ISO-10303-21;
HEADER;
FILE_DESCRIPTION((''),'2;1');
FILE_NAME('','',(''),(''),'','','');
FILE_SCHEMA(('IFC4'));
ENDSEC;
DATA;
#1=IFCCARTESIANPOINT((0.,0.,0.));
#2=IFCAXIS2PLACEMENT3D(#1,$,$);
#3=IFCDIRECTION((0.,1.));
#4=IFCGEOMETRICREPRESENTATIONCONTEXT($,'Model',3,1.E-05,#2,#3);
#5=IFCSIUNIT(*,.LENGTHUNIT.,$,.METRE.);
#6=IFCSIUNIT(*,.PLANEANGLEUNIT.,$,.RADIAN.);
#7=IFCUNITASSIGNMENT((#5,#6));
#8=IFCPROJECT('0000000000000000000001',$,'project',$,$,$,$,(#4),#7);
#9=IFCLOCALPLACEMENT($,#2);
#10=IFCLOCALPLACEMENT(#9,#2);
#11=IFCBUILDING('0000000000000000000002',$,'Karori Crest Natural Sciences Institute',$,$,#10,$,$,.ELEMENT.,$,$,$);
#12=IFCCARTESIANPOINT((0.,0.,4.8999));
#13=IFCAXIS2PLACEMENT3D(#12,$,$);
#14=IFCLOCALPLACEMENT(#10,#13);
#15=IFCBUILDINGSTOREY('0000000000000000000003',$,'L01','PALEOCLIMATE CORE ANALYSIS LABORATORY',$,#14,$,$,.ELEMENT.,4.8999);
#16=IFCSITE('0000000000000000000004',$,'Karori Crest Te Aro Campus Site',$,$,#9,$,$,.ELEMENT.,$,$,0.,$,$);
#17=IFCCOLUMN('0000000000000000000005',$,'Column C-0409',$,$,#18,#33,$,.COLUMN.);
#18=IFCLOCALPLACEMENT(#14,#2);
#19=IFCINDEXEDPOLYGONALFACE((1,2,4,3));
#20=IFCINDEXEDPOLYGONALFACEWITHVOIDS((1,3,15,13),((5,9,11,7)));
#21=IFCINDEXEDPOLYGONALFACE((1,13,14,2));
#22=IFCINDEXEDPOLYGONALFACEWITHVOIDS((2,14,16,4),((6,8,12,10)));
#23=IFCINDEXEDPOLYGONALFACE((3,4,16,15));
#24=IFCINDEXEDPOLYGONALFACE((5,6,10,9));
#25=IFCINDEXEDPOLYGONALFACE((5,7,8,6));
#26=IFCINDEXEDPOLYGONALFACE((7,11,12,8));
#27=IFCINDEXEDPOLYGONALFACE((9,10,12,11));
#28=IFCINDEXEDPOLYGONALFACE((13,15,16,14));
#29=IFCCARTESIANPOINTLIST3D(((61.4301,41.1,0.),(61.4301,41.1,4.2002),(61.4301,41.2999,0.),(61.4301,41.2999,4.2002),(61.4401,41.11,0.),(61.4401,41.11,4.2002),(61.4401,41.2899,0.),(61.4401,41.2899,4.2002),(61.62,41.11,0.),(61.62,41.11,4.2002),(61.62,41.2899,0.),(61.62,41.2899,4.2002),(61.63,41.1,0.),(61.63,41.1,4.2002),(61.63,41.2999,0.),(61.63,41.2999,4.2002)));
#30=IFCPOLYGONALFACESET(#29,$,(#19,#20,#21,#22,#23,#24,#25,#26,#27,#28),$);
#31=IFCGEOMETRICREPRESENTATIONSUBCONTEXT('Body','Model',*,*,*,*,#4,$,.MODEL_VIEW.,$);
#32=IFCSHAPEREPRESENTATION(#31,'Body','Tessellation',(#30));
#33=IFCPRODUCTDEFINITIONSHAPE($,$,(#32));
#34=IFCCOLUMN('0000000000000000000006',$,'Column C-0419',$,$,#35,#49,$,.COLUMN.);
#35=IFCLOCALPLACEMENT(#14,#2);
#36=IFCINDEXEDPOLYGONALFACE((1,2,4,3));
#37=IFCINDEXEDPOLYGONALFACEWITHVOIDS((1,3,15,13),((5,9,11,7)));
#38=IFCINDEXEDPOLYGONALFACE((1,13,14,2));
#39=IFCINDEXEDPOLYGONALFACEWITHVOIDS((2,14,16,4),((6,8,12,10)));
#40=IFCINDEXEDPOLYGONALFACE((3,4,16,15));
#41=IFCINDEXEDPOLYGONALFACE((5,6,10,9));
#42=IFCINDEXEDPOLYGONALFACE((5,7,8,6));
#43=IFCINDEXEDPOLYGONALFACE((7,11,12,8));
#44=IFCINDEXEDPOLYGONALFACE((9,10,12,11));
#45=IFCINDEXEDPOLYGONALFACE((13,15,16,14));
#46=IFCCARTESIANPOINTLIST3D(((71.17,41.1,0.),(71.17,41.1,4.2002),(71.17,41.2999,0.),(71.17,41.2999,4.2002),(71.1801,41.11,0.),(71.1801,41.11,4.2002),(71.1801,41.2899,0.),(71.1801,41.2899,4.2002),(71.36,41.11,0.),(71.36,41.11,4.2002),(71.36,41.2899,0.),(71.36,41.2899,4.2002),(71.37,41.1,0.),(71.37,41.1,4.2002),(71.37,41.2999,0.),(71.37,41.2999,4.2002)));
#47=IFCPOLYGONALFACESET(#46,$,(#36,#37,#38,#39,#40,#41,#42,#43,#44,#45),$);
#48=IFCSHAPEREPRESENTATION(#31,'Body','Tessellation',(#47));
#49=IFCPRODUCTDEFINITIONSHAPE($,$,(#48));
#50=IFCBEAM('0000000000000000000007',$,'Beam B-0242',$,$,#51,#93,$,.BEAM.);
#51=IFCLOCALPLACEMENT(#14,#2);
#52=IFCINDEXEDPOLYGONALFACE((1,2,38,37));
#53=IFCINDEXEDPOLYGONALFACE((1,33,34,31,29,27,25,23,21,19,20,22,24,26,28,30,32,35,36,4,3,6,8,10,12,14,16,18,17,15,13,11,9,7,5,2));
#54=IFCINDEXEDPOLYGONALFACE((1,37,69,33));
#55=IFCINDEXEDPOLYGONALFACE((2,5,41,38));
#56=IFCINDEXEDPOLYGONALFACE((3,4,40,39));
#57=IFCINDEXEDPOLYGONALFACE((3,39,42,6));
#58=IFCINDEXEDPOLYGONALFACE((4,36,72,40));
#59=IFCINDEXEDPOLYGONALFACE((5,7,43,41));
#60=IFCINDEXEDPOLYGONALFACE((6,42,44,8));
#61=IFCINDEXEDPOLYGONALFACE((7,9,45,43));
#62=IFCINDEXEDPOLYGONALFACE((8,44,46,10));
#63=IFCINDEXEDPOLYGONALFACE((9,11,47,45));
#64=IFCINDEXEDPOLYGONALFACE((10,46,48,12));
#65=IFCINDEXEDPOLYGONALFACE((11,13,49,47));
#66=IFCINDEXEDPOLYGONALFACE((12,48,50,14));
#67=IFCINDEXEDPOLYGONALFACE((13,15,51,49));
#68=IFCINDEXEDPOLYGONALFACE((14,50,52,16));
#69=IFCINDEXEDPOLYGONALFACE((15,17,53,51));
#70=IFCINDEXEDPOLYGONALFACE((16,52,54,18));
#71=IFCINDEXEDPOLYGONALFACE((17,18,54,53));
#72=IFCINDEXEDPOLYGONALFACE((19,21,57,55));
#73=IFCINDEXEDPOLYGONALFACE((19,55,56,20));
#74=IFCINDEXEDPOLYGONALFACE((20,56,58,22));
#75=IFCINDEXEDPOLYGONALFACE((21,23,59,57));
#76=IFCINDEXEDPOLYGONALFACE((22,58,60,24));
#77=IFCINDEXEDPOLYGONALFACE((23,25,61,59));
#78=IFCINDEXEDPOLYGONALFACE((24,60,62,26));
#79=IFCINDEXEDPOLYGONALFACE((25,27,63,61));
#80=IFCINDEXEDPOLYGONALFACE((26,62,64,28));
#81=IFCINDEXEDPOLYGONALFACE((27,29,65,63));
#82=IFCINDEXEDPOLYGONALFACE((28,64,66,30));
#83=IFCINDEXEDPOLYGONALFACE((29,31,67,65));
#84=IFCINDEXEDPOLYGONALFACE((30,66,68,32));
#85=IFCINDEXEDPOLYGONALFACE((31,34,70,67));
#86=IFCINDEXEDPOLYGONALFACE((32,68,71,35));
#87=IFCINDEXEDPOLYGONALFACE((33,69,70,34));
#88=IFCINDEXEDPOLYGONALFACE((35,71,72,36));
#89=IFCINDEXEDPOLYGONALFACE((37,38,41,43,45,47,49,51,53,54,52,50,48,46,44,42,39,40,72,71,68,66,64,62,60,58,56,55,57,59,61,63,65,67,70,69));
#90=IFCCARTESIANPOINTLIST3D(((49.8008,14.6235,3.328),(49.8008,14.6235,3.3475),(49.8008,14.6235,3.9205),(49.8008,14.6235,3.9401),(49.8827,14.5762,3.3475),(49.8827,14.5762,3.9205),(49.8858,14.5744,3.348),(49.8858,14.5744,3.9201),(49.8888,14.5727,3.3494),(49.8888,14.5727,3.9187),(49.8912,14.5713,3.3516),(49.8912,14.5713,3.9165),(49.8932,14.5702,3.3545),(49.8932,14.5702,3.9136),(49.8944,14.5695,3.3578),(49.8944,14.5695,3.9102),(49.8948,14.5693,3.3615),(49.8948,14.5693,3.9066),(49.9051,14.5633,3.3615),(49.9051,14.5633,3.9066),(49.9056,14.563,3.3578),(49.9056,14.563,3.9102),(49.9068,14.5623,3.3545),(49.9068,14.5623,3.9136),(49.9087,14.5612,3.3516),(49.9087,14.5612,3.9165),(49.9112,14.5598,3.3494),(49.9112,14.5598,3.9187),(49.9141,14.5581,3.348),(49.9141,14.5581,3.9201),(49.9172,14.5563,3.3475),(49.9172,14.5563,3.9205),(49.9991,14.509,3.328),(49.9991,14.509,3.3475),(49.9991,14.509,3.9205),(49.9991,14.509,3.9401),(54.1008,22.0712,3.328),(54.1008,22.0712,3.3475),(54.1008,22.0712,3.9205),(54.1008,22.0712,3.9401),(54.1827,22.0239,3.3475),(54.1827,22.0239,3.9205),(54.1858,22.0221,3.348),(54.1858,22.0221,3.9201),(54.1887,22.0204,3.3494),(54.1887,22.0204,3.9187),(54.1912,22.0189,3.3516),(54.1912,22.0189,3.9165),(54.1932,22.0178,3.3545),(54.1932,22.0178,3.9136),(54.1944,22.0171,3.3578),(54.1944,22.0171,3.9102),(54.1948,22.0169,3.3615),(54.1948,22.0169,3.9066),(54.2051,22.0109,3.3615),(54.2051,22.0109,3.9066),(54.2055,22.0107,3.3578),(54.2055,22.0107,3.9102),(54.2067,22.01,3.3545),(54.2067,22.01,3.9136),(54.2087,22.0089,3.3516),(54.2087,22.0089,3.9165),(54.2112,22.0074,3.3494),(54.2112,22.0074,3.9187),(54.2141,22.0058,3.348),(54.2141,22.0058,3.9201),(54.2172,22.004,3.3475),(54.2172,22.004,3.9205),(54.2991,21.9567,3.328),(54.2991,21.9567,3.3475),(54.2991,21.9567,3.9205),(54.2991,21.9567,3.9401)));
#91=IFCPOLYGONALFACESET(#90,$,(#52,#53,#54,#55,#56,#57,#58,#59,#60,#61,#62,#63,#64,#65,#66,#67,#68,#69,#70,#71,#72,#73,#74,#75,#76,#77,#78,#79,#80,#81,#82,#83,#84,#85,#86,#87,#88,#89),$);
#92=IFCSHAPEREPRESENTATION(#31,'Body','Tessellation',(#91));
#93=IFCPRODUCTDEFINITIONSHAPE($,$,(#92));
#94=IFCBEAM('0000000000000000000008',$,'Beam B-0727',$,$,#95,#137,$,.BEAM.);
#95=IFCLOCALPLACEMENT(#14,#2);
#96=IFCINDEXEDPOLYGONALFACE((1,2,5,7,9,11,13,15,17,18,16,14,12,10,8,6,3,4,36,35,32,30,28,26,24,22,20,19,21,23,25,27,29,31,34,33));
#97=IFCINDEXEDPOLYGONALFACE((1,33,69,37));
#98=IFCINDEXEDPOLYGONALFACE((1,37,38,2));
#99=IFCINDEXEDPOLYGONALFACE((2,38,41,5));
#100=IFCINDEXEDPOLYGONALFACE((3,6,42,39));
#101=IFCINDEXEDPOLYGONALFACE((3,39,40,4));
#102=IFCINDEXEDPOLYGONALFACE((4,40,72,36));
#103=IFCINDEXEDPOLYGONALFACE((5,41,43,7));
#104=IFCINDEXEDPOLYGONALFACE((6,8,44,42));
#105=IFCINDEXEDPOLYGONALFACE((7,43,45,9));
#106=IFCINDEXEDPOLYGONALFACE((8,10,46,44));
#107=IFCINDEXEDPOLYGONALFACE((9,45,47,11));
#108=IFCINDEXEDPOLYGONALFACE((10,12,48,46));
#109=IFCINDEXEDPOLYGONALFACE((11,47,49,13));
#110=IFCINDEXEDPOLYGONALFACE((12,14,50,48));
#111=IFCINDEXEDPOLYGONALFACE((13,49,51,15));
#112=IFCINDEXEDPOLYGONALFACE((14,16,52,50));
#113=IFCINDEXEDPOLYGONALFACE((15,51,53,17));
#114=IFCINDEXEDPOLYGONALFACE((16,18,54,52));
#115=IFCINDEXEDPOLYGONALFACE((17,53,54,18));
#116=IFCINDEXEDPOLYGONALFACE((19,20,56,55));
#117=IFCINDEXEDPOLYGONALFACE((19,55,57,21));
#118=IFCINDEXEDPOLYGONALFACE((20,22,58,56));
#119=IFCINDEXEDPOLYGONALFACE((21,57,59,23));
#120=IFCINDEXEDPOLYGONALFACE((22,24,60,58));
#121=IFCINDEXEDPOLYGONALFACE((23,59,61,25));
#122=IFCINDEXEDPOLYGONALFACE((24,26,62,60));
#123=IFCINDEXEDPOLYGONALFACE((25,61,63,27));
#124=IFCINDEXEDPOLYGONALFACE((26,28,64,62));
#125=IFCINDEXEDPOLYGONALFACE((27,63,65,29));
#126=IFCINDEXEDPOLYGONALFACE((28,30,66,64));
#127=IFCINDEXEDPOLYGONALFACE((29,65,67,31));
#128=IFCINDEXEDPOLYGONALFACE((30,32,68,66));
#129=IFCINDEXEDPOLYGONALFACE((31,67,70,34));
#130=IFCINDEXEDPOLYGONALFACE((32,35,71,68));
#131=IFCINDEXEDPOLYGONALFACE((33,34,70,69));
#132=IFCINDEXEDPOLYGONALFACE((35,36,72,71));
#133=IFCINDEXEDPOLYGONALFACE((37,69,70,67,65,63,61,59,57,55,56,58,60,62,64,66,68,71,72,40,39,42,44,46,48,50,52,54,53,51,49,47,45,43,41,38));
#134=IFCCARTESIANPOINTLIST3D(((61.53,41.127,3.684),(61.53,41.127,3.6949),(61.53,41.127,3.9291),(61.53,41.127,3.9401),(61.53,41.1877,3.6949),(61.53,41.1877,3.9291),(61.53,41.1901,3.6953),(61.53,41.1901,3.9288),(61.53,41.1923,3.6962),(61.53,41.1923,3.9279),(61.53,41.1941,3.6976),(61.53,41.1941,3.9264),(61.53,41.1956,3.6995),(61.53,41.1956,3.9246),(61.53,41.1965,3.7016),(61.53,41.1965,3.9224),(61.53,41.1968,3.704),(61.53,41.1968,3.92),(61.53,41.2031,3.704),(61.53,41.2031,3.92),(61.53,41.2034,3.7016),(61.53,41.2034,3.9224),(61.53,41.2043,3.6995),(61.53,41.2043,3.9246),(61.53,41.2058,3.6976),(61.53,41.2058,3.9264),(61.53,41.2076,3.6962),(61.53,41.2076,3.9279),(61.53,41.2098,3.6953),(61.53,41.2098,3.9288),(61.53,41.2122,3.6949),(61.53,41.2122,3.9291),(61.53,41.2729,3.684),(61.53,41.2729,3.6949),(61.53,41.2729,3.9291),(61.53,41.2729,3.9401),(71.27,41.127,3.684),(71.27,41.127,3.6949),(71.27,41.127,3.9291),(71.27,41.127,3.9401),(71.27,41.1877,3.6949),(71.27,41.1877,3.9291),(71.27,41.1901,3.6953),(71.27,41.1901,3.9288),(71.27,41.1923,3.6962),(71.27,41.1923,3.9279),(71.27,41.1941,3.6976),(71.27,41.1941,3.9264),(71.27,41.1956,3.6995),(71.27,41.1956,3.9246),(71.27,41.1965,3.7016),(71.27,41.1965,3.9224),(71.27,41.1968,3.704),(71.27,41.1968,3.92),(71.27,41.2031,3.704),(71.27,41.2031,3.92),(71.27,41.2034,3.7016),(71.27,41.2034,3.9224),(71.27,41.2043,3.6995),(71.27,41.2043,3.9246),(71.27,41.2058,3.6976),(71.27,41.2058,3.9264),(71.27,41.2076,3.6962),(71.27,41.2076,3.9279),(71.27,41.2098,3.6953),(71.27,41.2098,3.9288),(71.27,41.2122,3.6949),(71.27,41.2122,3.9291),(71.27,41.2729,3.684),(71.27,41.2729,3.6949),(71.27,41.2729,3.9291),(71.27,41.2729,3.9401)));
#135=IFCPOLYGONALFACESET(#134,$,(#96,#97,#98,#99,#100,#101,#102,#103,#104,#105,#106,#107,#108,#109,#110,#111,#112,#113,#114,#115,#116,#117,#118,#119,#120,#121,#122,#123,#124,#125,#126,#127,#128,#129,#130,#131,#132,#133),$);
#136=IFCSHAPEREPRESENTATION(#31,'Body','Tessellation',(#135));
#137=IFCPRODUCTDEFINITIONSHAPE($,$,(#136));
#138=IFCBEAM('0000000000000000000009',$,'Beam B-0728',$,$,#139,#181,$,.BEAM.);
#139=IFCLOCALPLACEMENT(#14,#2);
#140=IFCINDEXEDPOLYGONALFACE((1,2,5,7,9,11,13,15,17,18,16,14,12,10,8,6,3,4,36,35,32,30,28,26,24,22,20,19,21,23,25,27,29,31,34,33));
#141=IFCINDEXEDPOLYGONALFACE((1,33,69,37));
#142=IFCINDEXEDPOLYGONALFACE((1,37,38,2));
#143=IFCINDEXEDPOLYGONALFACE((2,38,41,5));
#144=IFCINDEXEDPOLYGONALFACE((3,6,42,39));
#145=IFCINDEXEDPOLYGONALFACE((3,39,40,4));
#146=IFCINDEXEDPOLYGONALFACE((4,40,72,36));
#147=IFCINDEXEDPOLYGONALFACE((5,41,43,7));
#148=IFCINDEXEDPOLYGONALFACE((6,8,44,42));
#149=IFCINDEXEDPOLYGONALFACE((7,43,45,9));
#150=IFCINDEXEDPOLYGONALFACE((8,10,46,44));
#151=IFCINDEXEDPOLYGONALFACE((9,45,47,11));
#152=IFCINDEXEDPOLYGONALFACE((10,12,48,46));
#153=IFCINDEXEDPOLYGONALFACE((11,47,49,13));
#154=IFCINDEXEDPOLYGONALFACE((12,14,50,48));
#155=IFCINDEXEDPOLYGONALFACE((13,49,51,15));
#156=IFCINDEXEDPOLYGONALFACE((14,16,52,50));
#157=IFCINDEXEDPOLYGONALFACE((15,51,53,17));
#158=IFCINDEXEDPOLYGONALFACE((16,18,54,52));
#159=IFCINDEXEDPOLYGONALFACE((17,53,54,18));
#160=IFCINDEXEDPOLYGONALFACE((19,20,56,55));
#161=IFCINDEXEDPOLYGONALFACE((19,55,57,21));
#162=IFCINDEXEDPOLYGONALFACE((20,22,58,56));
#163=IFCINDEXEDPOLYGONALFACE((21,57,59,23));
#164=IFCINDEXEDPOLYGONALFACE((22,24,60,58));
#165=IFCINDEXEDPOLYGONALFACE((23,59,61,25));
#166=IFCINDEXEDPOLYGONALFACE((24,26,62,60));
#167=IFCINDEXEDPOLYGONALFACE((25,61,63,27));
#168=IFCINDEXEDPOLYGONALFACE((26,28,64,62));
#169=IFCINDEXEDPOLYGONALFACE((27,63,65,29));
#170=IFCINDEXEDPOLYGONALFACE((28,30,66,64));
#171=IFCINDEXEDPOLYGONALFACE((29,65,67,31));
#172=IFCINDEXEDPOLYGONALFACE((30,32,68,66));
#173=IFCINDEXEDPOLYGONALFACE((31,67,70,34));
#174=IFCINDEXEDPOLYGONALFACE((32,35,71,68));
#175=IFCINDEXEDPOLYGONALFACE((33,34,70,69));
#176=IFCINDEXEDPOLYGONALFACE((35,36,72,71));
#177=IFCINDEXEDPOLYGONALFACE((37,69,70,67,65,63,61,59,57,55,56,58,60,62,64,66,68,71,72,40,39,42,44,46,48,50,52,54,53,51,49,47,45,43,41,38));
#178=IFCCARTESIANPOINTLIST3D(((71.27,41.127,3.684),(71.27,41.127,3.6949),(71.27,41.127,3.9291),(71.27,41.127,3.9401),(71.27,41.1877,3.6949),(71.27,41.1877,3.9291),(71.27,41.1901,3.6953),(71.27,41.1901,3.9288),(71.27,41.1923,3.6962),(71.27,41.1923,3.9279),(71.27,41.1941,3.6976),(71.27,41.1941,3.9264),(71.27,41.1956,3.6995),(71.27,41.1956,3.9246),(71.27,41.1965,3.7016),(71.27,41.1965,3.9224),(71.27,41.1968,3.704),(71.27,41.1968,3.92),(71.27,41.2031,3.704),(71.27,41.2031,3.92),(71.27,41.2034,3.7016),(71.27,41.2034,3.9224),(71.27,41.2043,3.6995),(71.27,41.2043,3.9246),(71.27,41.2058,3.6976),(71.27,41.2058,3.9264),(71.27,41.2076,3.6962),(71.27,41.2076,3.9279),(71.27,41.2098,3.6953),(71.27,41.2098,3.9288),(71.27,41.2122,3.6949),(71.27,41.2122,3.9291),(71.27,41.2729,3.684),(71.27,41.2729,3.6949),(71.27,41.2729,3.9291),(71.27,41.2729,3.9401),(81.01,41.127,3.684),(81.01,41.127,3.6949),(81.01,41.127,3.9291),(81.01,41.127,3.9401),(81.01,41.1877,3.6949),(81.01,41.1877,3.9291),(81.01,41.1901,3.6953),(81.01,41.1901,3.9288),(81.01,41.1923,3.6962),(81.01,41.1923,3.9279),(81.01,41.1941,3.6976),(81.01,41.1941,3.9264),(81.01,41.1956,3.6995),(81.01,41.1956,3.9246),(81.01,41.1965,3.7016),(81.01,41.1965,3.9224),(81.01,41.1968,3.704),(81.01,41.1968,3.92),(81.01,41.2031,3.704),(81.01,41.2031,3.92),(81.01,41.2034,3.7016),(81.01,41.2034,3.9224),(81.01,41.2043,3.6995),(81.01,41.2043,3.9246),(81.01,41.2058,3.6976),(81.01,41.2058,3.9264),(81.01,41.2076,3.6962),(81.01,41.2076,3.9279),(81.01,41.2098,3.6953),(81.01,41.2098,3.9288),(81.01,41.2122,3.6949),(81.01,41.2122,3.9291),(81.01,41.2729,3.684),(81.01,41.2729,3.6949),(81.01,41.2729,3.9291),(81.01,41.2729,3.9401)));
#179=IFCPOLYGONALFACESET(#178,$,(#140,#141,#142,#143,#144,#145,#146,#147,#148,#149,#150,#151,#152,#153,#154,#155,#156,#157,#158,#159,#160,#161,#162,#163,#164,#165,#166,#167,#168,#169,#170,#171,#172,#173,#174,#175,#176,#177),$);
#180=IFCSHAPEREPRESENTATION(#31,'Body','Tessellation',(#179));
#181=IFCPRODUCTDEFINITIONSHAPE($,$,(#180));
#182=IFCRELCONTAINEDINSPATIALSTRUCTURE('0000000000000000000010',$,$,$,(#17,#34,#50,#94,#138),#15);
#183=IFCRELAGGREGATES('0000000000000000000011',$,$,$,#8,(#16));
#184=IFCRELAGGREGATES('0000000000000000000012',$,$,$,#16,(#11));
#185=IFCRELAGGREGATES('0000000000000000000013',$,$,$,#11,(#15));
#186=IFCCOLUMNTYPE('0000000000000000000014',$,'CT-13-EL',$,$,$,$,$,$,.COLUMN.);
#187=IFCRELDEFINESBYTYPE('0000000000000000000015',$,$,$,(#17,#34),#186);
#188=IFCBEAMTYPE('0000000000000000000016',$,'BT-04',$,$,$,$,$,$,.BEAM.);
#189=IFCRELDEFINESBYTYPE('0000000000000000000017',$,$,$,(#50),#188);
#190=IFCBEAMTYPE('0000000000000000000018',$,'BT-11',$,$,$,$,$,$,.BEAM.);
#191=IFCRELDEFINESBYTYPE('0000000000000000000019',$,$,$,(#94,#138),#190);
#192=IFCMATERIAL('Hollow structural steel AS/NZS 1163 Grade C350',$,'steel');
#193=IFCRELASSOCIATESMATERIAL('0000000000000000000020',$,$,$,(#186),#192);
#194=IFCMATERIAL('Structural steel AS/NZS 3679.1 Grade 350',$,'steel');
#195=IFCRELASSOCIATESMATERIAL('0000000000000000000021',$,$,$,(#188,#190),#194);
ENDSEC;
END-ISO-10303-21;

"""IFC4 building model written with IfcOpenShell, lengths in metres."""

from ifc_helpers import new_model, si_unit, direction, frame, origin, origin_2d, place, context, subcontext, project, spatial, hollow_rectangle, i_section, extrude, material, material_profile, profile_set, type_object, element, save


model = new_model("IFC4")

# Units and contexts
model_context = context("Model", 3, precision=1e-05, world=origin(), true_north=direction((0.0, 1.0)))
body_context = subcontext(model_context, "Body", "Model", "MODEL_VIEW")
ifc_project = project(units=[si_unit("LENGTHUNIT", "METRE"), si_unit("PLANEANGLEUNIT", "RADIAN")], contexts=[model_context])

# Site, building, storey
site_placement = place(None, origin())
site = spatial("IfcSite", under=ifc_project, at=site_placement, Name="Karori Crest Te Aro Campus Site", CompositionType="ELEMENT", RefElevation=0.0)
building_placement = place(site_placement, origin())
building = spatial("IfcBuilding", under=site, at=building_placement, Name="Karori Crest Natural Sciences Institute", CompositionType="ELEMENT")
storey_placement = place(building_placement, frame((0.0, 0.0, 4.8999)))
storey = spatial("IfcBuildingStorey", under=building, at=storey_placement, Name="L01", Description="PALEOCLIMATE CORE ANALYSIS LABORATORY", CompositionType="ELEMENT", Elevation=4.8999)

# Columns
ifc_material_1 = material(Name="Hollow structural steel AS/NZS 1163 Grade C350", Category="steel")
ifc_material_profile_1 = material_profile(ifc_material_1, hollow_rectangle(XDim=0.2, YDim=0.2, WallThickness=0.01, at=origin_2d()), Name="SHS200x200x10")
ifc_profile_set_1 = profile_set([ifc_material_profile_1], Name="Hollow structural steel AS/NZS 1163 Grade C350")
column_type = type_object("IfcColumnType", Name="CT-13-EL", PredefinedType="COLUMN", material=ifc_profile_set_1)
for number, where, z_axis, x_axis, name in (
    (1, (61.53, 41.2, 0.0), (0.0, 0.0, 1.0), (1.0, 0.0, 0.0), "Column C-0409"),
    (2, (71.27, 41.2, 0.0), (0.0, 0.0, 1.0), (1.0, 0.0, 0.0), "Column C-0419"),
):
    element("IfcColumn", number, at=place(storey_placement, frame(where, z_axis=z_axis, x_axis=x_axis)), inside=storey, type_object=column_type, Name=name, PredefinedType="COLUMN", context=body_context, shape_type="SweptSolid", body=[
        extrude(hollow_rectangle(XDim=0.2, YDim=0.2, WallThickness=0.01, at=origin_2d()), origin(), (0.0, 0.0, 1.0), 4.2002),
    ])

# Beams
ifc_material_2 = material(Name="Structural steel AS/NZS 3679.1 Grade 350", Category="steel")
ifc_material_profile_2 = material_profile(ifc_material_2, i_section(OverallWidth=0.229, OverallDepth=0.6121, WebThickness=0.012, FlangeThickness=0.0195, FilletRadius=0.0139, at=origin_2d()), Name="610UB125")
ifc_profile_set_2 = profile_set([ifc_material_profile_2], Name="Structural steel AS/NZS 3679.1 Grade 350")
beam_type_1 = type_object("IfcBeamType", Name="BT-04", PredefinedType="BEAM", material=ifc_profile_set_2)
beam_1_placement = place(storey_placement, frame((54.2, 22.0139, 3.634), z_axis=(-0.500008, -0.866021, 0.0), x_axis=(0.866021, -0.500008, 0.0)))
element("IfcBeam", 3, at=beam_1_placement, inside=storey, type_object=beam_type_1, Name="Beam B-0242", PredefinedType="BEAM", context=body_context, shape_type="SweptSolid", body=[
    extrude(i_section(OverallWidth=0.229, OverallDepth=0.6121, WebThickness=0.012, FlangeThickness=0.0195, FilletRadius=0.0139, at=origin_2d()), origin(), (0.0, 0.0, 1.0), 8.5999),
])
ifc_material_profile_3 = material_profile(ifc_material_2, i_section(OverallWidth=0.146, OverallDepth=0.2561, WebThickness=0.0063, FlangeThickness=0.011, FilletRadius=0.009, at=origin_2d()), Name="250UB37.3")
ifc_profile_set_3 = profile_set([ifc_material_profile_3], Name="Structural steel AS/NZS 3679.1 Grade 350")
beam_type_2 = type_object("IfcBeamType", Name="BT-11", PredefinedType="BEAM", material=ifc_profile_set_3)
for number, where, z_axis, x_axis, name in (
    (4, (61.53, 41.2, 3.812), (1.0, 0.0, 0.0), (0.0, 1.0, 0.0), "Beam B-0727"),
    (5, (71.27, 41.2, 3.812), (1.0, 0.0, 0.0), (0.0, 1.0, 0.0), "Beam B-0728"),
):
    element("IfcBeam", number, at=place(storey_placement, frame(where, z_axis=z_axis, x_axis=x_axis)), inside=storey, type_object=beam_type_2, Name=name, PredefinedType="BEAM", context=body_context, shape_type="SweptSolid", body=[
        extrude(i_section(OverallWidth=0.146, OverallDepth=0.2561, WebThickness=0.0063, FlangeThickness=0.011, FilletRadius=0.009, at=origin_2d()), origin(), (0.0, 0.0, 1.0), 9.74),
    ])

save(model, "model.ifc")
